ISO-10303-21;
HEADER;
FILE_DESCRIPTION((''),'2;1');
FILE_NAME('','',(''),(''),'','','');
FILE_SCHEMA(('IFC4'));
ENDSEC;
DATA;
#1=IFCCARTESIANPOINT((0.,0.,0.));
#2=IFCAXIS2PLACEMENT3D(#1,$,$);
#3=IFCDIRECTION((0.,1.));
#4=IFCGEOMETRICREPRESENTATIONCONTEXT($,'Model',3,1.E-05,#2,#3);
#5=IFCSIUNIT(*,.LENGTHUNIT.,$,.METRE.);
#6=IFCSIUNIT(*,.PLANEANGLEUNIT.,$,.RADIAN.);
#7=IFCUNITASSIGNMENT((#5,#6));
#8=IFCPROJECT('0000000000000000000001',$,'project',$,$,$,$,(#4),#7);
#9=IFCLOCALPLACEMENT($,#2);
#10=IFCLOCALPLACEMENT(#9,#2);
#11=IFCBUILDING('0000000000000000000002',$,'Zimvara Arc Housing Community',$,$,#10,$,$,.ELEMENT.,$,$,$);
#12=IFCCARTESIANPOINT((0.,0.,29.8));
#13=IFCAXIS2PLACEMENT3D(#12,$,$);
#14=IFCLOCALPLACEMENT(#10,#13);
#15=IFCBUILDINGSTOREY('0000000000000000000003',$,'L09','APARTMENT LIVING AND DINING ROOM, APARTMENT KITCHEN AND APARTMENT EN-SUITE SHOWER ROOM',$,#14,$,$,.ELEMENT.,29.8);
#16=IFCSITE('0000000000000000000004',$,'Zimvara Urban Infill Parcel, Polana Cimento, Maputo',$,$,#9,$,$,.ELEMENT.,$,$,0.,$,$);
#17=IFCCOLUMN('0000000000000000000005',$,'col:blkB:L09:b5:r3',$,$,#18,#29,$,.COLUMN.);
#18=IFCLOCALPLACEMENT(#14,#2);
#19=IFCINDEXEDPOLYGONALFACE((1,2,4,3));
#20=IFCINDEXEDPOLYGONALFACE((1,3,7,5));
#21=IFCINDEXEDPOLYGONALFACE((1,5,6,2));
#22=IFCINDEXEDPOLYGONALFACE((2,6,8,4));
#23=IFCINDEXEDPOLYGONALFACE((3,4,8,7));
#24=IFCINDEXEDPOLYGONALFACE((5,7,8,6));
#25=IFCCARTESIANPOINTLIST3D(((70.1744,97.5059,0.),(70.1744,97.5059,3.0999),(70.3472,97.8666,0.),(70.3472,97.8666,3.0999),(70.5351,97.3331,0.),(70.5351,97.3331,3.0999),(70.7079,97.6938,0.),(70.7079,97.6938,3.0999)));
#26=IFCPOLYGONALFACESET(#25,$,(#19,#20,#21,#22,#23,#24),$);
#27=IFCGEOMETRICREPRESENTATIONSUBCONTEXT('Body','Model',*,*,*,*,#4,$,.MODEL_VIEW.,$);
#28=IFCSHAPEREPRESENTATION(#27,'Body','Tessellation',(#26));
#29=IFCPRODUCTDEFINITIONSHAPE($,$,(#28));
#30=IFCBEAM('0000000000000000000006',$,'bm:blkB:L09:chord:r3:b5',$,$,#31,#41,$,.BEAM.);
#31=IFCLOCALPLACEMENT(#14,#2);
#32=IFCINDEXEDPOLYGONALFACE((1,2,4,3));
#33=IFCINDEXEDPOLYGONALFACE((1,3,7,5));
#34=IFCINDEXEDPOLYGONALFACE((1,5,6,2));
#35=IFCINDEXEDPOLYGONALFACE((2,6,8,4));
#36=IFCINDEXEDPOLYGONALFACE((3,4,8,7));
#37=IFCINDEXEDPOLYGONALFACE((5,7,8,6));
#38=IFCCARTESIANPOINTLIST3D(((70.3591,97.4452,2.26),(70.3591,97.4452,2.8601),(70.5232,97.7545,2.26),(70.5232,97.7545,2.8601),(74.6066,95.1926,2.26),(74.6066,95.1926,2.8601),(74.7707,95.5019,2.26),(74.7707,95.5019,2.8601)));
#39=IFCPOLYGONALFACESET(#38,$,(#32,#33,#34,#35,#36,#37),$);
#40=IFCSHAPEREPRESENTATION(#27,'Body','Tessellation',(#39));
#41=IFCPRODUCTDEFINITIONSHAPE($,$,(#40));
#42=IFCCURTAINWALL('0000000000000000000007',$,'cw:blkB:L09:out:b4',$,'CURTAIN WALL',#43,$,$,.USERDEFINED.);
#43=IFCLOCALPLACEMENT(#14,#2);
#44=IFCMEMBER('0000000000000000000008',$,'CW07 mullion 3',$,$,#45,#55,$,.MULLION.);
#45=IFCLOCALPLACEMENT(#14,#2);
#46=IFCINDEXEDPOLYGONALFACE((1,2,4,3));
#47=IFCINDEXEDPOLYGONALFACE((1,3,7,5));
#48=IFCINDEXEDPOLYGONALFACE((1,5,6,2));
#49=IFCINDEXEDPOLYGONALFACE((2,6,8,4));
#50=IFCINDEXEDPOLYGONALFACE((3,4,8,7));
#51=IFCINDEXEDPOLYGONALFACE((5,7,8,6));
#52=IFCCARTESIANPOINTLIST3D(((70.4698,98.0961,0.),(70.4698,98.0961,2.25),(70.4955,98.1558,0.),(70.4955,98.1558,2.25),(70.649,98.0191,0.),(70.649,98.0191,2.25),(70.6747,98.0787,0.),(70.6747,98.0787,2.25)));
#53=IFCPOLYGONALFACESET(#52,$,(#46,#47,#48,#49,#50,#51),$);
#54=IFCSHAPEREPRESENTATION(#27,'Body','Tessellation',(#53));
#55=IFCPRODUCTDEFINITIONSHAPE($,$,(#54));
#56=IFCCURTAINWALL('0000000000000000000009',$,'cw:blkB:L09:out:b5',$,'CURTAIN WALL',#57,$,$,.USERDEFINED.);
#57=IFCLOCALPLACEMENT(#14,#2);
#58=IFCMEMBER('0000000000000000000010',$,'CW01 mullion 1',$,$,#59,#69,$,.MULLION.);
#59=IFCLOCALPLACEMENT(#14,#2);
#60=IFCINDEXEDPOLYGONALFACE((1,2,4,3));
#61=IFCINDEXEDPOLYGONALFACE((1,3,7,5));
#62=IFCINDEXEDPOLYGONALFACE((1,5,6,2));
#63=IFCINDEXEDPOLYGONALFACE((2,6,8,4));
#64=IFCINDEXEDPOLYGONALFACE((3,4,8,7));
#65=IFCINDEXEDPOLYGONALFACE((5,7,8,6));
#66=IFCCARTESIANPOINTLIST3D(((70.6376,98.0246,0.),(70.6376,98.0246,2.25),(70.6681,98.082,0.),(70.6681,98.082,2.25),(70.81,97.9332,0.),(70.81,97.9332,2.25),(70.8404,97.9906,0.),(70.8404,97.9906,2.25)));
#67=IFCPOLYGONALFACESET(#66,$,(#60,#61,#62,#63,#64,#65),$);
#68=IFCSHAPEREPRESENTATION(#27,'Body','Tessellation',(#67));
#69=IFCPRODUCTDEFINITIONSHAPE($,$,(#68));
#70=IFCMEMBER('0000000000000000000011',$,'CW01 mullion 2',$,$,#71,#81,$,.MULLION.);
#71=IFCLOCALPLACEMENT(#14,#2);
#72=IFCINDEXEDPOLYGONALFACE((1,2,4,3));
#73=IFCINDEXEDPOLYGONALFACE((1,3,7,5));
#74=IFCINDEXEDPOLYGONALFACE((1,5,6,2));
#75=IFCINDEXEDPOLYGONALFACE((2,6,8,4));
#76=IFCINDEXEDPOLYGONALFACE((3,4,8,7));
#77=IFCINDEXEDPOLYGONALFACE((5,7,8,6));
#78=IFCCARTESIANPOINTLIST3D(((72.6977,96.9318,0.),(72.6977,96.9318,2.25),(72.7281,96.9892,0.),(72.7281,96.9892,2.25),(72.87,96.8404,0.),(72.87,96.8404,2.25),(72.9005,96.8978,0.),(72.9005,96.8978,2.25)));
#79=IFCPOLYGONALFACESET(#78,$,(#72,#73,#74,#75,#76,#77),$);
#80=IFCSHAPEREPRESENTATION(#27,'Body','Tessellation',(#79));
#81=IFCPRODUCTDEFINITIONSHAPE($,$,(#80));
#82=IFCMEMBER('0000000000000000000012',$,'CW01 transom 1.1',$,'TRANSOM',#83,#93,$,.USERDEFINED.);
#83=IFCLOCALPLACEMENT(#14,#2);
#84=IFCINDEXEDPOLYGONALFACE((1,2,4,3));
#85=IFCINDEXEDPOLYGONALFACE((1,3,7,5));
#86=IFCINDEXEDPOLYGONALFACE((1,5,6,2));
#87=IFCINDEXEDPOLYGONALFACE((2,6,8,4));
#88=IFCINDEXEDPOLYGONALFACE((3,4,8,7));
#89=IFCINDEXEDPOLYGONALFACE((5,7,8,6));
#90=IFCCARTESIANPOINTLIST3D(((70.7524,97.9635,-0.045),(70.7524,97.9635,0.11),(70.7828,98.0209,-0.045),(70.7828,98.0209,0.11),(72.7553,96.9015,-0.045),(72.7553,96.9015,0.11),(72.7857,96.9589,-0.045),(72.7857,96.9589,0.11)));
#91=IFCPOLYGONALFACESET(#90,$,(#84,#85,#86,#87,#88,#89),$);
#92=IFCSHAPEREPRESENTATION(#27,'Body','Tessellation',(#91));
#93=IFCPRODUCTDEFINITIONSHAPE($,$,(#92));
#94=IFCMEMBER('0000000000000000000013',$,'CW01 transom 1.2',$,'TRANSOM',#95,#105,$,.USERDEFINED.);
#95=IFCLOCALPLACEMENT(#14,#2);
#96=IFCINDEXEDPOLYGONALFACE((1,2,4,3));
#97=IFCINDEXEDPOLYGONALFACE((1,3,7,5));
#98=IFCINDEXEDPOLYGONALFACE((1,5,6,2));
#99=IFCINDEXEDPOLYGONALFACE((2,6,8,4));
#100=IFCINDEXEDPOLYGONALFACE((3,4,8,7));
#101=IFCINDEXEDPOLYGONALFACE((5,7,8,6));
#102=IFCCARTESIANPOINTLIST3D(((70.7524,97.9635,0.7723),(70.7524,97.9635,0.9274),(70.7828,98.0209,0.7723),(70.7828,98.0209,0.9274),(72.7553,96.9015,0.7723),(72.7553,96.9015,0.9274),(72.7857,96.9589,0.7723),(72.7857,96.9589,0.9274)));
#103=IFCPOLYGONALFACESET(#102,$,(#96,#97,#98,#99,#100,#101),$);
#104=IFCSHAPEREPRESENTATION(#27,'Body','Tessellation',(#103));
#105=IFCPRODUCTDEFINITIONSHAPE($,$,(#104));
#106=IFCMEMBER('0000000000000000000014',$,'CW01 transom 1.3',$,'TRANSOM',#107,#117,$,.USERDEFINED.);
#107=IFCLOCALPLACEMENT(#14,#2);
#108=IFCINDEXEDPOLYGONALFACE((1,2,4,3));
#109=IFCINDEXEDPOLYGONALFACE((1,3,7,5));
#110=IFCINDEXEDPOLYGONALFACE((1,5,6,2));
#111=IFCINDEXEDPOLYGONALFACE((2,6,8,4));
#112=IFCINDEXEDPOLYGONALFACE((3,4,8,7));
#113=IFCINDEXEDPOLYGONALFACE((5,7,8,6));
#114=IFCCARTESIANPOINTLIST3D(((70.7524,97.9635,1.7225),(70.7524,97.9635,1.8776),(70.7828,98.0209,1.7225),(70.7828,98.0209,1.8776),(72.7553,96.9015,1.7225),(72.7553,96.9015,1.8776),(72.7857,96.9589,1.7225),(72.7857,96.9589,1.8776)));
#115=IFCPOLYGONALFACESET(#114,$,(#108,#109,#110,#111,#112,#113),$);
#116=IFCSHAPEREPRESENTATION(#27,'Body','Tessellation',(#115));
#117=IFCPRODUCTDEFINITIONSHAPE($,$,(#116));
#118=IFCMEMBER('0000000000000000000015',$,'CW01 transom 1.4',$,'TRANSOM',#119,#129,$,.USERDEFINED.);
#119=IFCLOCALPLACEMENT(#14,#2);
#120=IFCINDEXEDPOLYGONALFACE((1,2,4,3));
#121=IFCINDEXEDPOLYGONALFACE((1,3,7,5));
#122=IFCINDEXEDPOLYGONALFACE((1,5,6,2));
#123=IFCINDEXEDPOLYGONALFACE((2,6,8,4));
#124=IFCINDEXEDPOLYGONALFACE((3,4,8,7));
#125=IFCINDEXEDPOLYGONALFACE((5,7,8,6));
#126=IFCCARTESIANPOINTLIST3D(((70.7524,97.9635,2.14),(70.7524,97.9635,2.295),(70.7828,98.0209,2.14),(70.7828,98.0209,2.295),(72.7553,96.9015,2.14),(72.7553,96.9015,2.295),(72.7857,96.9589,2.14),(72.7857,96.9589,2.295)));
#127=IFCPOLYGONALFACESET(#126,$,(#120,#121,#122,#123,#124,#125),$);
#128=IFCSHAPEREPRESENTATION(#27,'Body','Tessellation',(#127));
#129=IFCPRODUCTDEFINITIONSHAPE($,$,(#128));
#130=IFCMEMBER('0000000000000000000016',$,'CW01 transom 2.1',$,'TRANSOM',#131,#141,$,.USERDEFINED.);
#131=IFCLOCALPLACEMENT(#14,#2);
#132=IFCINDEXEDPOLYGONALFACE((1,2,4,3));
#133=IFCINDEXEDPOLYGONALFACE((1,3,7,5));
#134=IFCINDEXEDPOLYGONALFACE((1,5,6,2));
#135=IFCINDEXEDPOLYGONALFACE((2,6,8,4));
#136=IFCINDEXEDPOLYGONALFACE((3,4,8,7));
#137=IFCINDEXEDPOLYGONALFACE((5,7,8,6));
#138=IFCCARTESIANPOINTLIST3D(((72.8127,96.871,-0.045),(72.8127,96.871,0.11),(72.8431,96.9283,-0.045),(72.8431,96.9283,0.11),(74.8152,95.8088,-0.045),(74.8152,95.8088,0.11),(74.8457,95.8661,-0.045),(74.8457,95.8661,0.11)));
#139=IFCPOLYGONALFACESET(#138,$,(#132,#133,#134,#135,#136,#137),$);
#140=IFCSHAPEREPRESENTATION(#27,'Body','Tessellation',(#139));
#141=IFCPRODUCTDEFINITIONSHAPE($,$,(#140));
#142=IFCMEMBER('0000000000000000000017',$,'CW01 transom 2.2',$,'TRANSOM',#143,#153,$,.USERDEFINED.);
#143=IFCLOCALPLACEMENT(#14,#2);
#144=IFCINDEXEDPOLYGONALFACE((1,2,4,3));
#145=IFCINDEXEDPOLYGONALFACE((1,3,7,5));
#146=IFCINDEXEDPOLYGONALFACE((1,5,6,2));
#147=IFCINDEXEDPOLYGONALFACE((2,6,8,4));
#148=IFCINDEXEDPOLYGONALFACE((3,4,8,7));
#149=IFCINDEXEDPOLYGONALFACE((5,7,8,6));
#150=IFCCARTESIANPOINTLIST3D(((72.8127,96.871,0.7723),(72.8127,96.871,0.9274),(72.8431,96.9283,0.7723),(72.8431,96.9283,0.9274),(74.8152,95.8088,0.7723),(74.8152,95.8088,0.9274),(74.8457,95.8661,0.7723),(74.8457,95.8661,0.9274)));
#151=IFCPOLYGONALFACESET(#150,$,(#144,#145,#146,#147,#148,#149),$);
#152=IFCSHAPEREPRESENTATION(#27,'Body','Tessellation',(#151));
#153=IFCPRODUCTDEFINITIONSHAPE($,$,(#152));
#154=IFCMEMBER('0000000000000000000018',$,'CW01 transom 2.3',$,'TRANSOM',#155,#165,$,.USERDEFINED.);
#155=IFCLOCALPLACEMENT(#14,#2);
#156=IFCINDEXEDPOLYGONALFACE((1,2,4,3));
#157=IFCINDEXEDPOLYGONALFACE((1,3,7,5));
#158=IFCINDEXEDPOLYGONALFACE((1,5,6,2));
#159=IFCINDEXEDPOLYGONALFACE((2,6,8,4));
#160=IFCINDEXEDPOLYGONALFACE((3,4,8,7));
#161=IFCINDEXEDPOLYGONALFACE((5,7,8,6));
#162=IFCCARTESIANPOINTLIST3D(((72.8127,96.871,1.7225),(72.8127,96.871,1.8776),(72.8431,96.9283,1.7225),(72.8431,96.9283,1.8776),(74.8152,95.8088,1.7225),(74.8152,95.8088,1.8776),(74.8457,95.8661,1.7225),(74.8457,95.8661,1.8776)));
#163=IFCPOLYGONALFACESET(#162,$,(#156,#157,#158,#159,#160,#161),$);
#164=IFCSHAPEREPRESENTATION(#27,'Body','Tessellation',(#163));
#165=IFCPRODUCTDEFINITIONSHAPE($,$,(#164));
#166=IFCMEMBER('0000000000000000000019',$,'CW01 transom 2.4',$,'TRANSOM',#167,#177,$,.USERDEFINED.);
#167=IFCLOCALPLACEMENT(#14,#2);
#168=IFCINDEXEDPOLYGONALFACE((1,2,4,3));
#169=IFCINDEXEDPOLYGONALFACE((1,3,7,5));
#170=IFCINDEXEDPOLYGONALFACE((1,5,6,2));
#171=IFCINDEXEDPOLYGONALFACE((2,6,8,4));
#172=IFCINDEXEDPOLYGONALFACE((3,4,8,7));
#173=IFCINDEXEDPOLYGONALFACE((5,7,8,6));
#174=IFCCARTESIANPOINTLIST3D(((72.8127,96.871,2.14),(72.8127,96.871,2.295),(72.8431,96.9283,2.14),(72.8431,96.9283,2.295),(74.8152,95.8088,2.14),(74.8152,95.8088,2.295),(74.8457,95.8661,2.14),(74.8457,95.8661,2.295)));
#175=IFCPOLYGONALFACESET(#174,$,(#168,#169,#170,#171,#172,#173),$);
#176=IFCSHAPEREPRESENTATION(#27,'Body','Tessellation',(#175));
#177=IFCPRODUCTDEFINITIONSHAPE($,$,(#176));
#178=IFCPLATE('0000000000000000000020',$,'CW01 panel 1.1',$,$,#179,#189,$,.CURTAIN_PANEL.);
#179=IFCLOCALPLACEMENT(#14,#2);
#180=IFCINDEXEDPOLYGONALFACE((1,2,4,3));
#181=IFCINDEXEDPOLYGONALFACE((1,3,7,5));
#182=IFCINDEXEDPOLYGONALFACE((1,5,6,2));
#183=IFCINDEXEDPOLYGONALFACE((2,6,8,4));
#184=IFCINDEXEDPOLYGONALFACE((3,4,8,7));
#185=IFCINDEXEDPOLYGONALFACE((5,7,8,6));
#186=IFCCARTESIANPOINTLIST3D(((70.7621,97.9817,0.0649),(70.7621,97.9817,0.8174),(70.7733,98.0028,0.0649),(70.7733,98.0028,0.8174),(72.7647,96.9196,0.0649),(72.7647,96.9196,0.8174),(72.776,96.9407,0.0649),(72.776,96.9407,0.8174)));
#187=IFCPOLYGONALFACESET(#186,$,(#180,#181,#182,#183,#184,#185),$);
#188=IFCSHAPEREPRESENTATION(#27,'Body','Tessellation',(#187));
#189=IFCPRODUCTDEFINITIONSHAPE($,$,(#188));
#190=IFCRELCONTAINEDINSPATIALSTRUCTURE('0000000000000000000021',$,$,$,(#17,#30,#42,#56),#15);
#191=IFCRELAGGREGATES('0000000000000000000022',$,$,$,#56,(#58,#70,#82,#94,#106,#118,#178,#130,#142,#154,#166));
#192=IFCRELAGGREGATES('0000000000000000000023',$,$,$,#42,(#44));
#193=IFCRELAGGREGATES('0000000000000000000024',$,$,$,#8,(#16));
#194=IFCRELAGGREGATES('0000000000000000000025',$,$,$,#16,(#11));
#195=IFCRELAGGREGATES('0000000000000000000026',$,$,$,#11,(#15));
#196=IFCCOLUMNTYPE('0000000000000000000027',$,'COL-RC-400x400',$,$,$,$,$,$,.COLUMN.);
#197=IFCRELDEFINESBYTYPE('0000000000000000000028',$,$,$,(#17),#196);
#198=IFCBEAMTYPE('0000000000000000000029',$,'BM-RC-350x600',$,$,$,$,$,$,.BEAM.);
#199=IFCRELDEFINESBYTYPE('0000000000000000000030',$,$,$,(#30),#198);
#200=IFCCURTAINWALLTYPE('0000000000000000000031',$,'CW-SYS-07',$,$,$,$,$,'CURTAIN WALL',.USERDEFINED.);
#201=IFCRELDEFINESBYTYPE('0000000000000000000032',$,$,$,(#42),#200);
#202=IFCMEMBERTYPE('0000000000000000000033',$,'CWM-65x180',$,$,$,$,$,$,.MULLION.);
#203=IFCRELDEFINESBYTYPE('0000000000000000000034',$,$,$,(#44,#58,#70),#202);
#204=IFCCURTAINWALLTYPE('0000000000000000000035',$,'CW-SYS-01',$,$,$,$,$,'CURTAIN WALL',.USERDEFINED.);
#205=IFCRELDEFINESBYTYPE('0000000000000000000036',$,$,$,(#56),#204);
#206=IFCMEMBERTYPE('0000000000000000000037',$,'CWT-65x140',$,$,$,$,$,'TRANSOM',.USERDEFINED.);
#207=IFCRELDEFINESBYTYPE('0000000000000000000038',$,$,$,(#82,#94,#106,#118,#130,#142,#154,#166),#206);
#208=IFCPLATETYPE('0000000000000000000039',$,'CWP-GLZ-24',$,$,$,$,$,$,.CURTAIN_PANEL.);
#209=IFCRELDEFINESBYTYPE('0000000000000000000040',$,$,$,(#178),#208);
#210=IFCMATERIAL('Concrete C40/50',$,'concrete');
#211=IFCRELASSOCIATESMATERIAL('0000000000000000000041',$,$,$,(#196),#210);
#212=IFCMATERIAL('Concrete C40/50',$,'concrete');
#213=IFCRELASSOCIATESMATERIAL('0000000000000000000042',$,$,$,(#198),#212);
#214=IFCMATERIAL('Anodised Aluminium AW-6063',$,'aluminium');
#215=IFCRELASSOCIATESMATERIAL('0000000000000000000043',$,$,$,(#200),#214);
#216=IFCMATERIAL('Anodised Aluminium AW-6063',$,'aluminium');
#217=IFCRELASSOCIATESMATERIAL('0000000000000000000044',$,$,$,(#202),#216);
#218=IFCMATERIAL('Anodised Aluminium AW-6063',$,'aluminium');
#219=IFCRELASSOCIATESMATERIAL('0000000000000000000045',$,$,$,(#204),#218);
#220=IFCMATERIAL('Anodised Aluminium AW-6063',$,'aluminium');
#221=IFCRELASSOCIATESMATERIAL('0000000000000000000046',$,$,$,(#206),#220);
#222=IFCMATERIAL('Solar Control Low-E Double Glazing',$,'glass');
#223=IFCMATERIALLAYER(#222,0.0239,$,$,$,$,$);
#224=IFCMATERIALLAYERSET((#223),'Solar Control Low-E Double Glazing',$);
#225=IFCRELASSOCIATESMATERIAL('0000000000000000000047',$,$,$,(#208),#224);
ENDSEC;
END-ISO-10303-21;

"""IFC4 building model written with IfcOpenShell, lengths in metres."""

from ifc_helpers import new_model, si_unit, direction, frame, origin, origin_2d, place, context, subcontext, project, spatial, rectangle, extrude, material, layer, layer_set, material_profile, profile_set, type_object, element, aggregate, save


model = new_model("IFC4")

# Units and contexts
model_context = context("Model", 3, precision=1e-05, world=origin(), true_north=direction((0.0, 1.0)))
body_context = subcontext(model_context, "Body", "Model", "MODEL_VIEW")
ifc_project = project(units=[si_unit("LENGTHUNIT", "METRE"), si_unit("PLANEANGLEUNIT", "RADIAN")], contexts=[model_context])

# Site, building, storey
site_placement = place(None, origin())
site = spatial("IfcSite", under=ifc_project, at=site_placement, Name="Zimvara Urban Infill Parcel, Polana Cimento, Maputo", CompositionType="ELEMENT", RefElevation=0.0)
building_placement = place(site_placement, origin())
building = spatial("IfcBuilding", under=site, at=building_placement, Name="Zimvara Arc Housing Community", CompositionType="ELEMENT")
storey_placement = place(building_placement, frame((0.0, 0.0, 29.8)))
storey = spatial("IfcBuildingStorey", under=building, at=storey_placement, Name="L09", Description="APARTMENT LIVING AND DINING ROOM, APARTMENT KITCHEN AND APARTMENT EN-SUITE SHOWER ROOM", CompositionType="ELEMENT", Elevation=29.8)

# Column
ifc_material_1 = material(Name="Concrete C40/50", Category="concrete")
ifc_material_profile_1 = material_profile(ifc_material_1, rectangle(XDim=0.3999, YDim=0.3999, at=origin_2d()), Name="RC 400x400")
ifc_profile_set_1 = profile_set([ifc_material_profile_1], Name="Concrete C40/50")
column_type = type_object("IfcColumnType", Name="COL-RC-400x400", PredefinedType="COLUMN", material=ifc_profile_set_1)
column_placement = place(storey_placement, frame((70.4412, 97.5999, 0.0), z_axis=(0.0, 0.0, 1.0), x_axis=(0.432086, 0.901833, 0.0)))
element("IfcColumn", 1, at=column_placement, inside=storey, type_object=column_type, Name="col:blkB:L09:b5:r3", PredefinedType="COLUMN", context=body_context, shape_type="SweptSolid", body=[
    extrude(rectangle(XDim=0.3999, YDim=0.3999, at=origin_2d()), origin(), (0.0, 0.0, 1.0), 3.0999),
])

# Beam
ifc_material_2 = material(Name="Concrete C40/50", Category="concrete")
ifc_material_profile_2 = material_profile(ifc_material_2, rectangle(XDim=0.3501, YDim=0.6001, at=origin_2d()), Name="RC 350x600")
ifc_profile_set_2 = profile_set([ifc_material_profile_2], Name="Concrete C40/50")
beam_type = type_object("IfcBeamType", Name="BM-RC-350x600", PredefinedType="BEAM", material=ifc_profile_set_2)
beam_placement = place(storey_placement, frame((70.4412, 97.5999, 2.5601), z_axis=(0.883446, -0.468534, 0.0), x_axis=(0.468534, 0.883446, 0.0)))
element("IfcBeam", 2, at=beam_placement, inside=storey, type_object=beam_type, Name="bm:blkB:L09:chord:r3:b5", PredefinedType="BEAM", context=body_context, shape_type="SweptSolid", body=[
    extrude(rectangle(XDim=0.3501, YDim=0.6001, at=origin_2d()), origin(), (0.0, 0.0, 1.0), 4.8079),
])

# Curtain wall, member
ifc_material_3 = material(Name="Anodised Aluminium AW-6063", Category="aluminium")
curtain_wall_type_1 = type_object("IfcCurtainWallType", Name="CW-SYS-07", ElementType="CURTAIN WALL", PredefinedType="USERDEFINED", material=ifc_material_3)
curtain_wall_1_placement = place(storey_placement, origin())
curtain_wall_1 = element("IfcCurtainWall", 3, at=curtain_wall_1_placement, inside=storey, type_object=curtain_wall_type_1, Name="cw:blkB:L09:out:b4", ObjectType="CURTAIN WALL", PredefinedType="USERDEFINED")
ifc_material_4 = material(Name="Anodised Aluminium AW-6063", Category="aluminium")
ifc_material_profile_3 = material_profile(ifc_material_4, rectangle(XDim=0.0649, YDim=0.1951, at=origin_2d()), Name="ALU 65x195")
ifc_profile_set_3 = profile_set([ifc_material_profile_3], Name="Anodised Aluminium AW-6063")
member_type_1 = type_object("IfcMemberType", Name="CWM-65x180", PredefinedType="MULLION", material=ifc_profile_set_3)
member_1_placement = place(storey_placement, frame((70.5723, 98.0874, 0.0), z_axis=(0.0, 0.0, 1.0), x_axis=(0.394904, 0.918722, 0.0)))
member_1 = element("IfcMember", 4, at=member_1_placement, type_object=member_type_1, Name="CW07 mullion 3", PredefinedType="MULLION", context=body_context, shape_type="SweptSolid", body=[
    extrude(rectangle(XDim=0.0649, YDim=0.1951, at=origin_2d()), origin(), (0.0, 0.0, 1.0), 2.25),
])

# Curtain wall, members, plate
ifc_material_5 = material(Name="Anodised Aluminium AW-6063", Category="aluminium")
curtain_wall_type_2 = type_object("IfcCurtainWallType", Name="CW-SYS-01", ElementType="CURTAIN WALL", PredefinedType="USERDEFINED", material=ifc_material_5)
curtain_wall_2_placement = place(storey_placement, origin())
curtain_wall_2 = element("IfcCurtainWall", 5, at=curtain_wall_2_placement, inside=storey, type_object=curtain_wall_type_2, Name="cw:blkB:L09:out:b5", ObjectType="CURTAIN WALL", PredefinedType="USERDEFINED")
member_2_placement = place(storey_placement, frame((70.739, 98.0076, 0.0), z_axis=(0.0, 0.0, 1.0), x_axis=(0.468547, 0.883439, 0.0)))
member_2 = element("IfcMember", 6, at=member_2_placement, type_object=member_type_1, Name="CW01 mullion 1", PredefinedType="MULLION", context=body_context, shape_type="SweptSolid", body=[
    extrude(rectangle(XDim=0.0649, YDim=0.1951, at=origin_2d()), origin(), (0.0, 0.0, 1.0), 2.25),
])
member_3_placement = place(storey_placement, frame((72.7991, 96.9148, 0.0), z_axis=(0.0, 0.0, 1.0), x_axis=(0.468547, 0.883439, 0.0)))
member_3 = element("IfcMember", 7, at=member_3_placement, type_object=member_type_1, Name="CW01 mullion 2", PredefinedType="MULLION", context=body_context, shape_type="SweptSolid", body=[
    extrude(rectangle(XDim=0.0649, YDim=0.1951, at=origin_2d()), origin(), (0.0, 0.0, 1.0), 2.25),
])
ifc_material_6 = material(Name="Anodised Aluminium AW-6063", Category="aluminium")
ifc_material_profile_4 = material_profile(ifc_material_6, rectangle(XDim=0.0649, YDim=0.155, at=origin_2d()), Name="ALU 65x155")
ifc_profile_set_4 = profile_set([ifc_material_profile_4], Name="Anodised Aluminium AW-6063")
member_type_2 = type_object("IfcMemberType", Name="CWT-65x140", ElementType="TRANSOM", PredefinedType="USERDEFINED", material=ifc_profile_set_4)
member_4_placement = place(storey_placement, frame((70.7676, 97.9922, 0.0325), z_axis=(0.883489, -0.468452, 0.0), x_axis=(0.468452, 0.883489, 0.0)))
member_4 = element("IfcMember", 8, at=member_4_placement, type_object=member_type_2, Name="CW01 transom 1.1", ObjectType="TRANSOM", PredefinedType="USERDEFINED", context=body_context, shape_type="SweptSolid", body=[
    extrude(rectangle(XDim=0.0649, YDim=0.155, at=origin_2d()), origin(), (0.0, 0.0, 1.0), 2.2671),
])
member_5_placement = place(storey_placement, frame((70.7676, 97.9922, 0.8499), z_axis=(0.883489, -0.468452, 0.0), x_axis=(0.468452, 0.883489, 0.0)))
member_5 = element("IfcMember", 9, at=member_5_placement, type_object=member_type_2, Name="CW01 transom 1.2", ObjectType="TRANSOM", PredefinedType="USERDEFINED", context=body_context, shape_type="SweptSolid", body=[
    extrude(rectangle(XDim=0.0649, YDim=0.155, at=origin_2d()), origin(), (0.0, 0.0, 1.0), 2.2671),
])
member_6_placement = place(storey_placement, frame((70.7676, 97.9922, 1.8), z_axis=(0.883489, -0.468452, 0.0), x_axis=(0.468452, 0.883489, 0.0)))
member_6 = element("IfcMember", 10, at=member_6_placement, type_object=member_type_2, Name="CW01 transom 1.3", ObjectType="TRANSOM", PredefinedType="USERDEFINED", context=body_context, shape_type="SweptSolid", body=[
    extrude(rectangle(XDim=0.0649, YDim=0.155, at=origin_2d()), origin(), (0.0, 0.0, 1.0), 2.2671),
])
member_7_placement = place(storey_placement, frame((70.7676, 97.9922, 2.2175), z_axis=(0.883489, -0.468452, 0.0), x_axis=(0.468452, 0.883489, 0.0)))
member_7 = element("IfcMember", 11, at=member_7_placement, type_object=member_type_2, Name="CW01 transom 1.4", ObjectType="TRANSOM", PredefinedType="USERDEFINED", context=body_context, shape_type="SweptSolid", body=[
    extrude(rectangle(XDim=0.0649, YDim=0.155, at=origin_2d()), origin(), (0.0, 0.0, 1.0), 2.2671),
])
member_8_placement = place(storey_placement, frame((72.8279, 96.8997, 0.0325), z_axis=(0.883421, -0.46858, 0.0), x_axis=(0.46858, 0.883421, 0.0)))
member_8 = element("IfcMember", 12, at=member_8_placement, type_object=member_type_2, Name="CW01 transom 2.1", ObjectType="TRANSOM", PredefinedType="USERDEFINED", context=body_context, shape_type="SweptSolid", body=[
    extrude(rectangle(XDim=0.0649, YDim=0.155, at=origin_2d()), origin(), (0.0, 0.0, 1.0), 2.2668),
])
member_9_placement = place(storey_placement, frame((72.8279, 96.8997, 0.8499), z_axis=(0.883421, -0.46858, 0.0), x_axis=(0.46858, 0.883421, 0.0)))
member_9 = element("IfcMember", 13, at=member_9_placement, type_object=member_type_2, Name="CW01 transom 2.2", ObjectType="TRANSOM", PredefinedType="USERDEFINED", context=body_context, shape_type="SweptSolid", body=[
    extrude(rectangle(XDim=0.0649, YDim=0.155, at=origin_2d()), origin(), (0.0, 0.0, 1.0), 2.2668),
])
member_10_placement = place(storey_placement, frame((72.8279, 96.8997, 1.8), z_axis=(0.883421, -0.46858, 0.0), x_axis=(0.46858, 0.883421, 0.0)))
member_10 = element("IfcMember", 14, at=member_10_placement, type_object=member_type_2, Name="CW01 transom 2.3", ObjectType="TRANSOM", PredefinedType="USERDEFINED", context=body_context, shape_type="SweptSolid", body=[
    extrude(rectangle(XDim=0.0649, YDim=0.155, at=origin_2d()), origin(), (0.0, 0.0, 1.0), 2.2668),
])
member_11_placement = place(storey_placement, frame((72.8279, 96.8997, 2.2175), z_axis=(0.883421, -0.46858, 0.0), x_axis=(0.46858, 0.883421, 0.0)))
member_11 = element("IfcMember", 15, at=member_11_placement, type_object=member_type_2, Name="CW01 transom 2.4", ObjectType="TRANSOM", PredefinedType="USERDEFINED", context=body_context, shape_type="SweptSolid", body=[
    extrude(rectangle(XDim=0.0649, YDim=0.155, at=origin_2d()), origin(), (0.0, 0.0, 1.0), 2.2668),
])
ifc_material_7 = material(Name="Solar Control Low-E Double Glazing", Category="glass")
ifc_layer_1 = layer(ifc_material_7, 0.0239)
ifc_layer_set_1 = layer_set([ifc_layer_1], Name="Solar Control Low-E Double Glazing")
plate_type_1 = type_object("IfcPlateType", Name="CWP-GLZ-24", PredefinedType="CURTAIN_PANEL", material=ifc_layer_set_1)
plate_1_placement = place(storey_placement, frame((71.769, 97.4612, 0.0649), z_axis=(0.0, 0.0, 1.0), x_axis=(0.883439, -0.468547, 0.0)))
plate_1 = element("IfcPlate", 16, at=plate_1_placement, type_object=plate_type_1, Name="CW01 panel 1.1", PredefinedType="CURTAIN_PANEL", context=body_context, shape_type="SweptSolid", body=[
    extrude(rectangle(XDim=2.2668, YDim=0.0239, at=origin_2d()), origin(), (0.0, 0.0, 1.0), 0.7524),
])
aggregate(curtain_wall_2, [member_2, member_3, member_4, member_5, member_6, member_7, plate_1, member_8, member_9, member_10, member_11])

aggregate(curtain_wall_1, [member_1])

save(model, "model.ifc")
